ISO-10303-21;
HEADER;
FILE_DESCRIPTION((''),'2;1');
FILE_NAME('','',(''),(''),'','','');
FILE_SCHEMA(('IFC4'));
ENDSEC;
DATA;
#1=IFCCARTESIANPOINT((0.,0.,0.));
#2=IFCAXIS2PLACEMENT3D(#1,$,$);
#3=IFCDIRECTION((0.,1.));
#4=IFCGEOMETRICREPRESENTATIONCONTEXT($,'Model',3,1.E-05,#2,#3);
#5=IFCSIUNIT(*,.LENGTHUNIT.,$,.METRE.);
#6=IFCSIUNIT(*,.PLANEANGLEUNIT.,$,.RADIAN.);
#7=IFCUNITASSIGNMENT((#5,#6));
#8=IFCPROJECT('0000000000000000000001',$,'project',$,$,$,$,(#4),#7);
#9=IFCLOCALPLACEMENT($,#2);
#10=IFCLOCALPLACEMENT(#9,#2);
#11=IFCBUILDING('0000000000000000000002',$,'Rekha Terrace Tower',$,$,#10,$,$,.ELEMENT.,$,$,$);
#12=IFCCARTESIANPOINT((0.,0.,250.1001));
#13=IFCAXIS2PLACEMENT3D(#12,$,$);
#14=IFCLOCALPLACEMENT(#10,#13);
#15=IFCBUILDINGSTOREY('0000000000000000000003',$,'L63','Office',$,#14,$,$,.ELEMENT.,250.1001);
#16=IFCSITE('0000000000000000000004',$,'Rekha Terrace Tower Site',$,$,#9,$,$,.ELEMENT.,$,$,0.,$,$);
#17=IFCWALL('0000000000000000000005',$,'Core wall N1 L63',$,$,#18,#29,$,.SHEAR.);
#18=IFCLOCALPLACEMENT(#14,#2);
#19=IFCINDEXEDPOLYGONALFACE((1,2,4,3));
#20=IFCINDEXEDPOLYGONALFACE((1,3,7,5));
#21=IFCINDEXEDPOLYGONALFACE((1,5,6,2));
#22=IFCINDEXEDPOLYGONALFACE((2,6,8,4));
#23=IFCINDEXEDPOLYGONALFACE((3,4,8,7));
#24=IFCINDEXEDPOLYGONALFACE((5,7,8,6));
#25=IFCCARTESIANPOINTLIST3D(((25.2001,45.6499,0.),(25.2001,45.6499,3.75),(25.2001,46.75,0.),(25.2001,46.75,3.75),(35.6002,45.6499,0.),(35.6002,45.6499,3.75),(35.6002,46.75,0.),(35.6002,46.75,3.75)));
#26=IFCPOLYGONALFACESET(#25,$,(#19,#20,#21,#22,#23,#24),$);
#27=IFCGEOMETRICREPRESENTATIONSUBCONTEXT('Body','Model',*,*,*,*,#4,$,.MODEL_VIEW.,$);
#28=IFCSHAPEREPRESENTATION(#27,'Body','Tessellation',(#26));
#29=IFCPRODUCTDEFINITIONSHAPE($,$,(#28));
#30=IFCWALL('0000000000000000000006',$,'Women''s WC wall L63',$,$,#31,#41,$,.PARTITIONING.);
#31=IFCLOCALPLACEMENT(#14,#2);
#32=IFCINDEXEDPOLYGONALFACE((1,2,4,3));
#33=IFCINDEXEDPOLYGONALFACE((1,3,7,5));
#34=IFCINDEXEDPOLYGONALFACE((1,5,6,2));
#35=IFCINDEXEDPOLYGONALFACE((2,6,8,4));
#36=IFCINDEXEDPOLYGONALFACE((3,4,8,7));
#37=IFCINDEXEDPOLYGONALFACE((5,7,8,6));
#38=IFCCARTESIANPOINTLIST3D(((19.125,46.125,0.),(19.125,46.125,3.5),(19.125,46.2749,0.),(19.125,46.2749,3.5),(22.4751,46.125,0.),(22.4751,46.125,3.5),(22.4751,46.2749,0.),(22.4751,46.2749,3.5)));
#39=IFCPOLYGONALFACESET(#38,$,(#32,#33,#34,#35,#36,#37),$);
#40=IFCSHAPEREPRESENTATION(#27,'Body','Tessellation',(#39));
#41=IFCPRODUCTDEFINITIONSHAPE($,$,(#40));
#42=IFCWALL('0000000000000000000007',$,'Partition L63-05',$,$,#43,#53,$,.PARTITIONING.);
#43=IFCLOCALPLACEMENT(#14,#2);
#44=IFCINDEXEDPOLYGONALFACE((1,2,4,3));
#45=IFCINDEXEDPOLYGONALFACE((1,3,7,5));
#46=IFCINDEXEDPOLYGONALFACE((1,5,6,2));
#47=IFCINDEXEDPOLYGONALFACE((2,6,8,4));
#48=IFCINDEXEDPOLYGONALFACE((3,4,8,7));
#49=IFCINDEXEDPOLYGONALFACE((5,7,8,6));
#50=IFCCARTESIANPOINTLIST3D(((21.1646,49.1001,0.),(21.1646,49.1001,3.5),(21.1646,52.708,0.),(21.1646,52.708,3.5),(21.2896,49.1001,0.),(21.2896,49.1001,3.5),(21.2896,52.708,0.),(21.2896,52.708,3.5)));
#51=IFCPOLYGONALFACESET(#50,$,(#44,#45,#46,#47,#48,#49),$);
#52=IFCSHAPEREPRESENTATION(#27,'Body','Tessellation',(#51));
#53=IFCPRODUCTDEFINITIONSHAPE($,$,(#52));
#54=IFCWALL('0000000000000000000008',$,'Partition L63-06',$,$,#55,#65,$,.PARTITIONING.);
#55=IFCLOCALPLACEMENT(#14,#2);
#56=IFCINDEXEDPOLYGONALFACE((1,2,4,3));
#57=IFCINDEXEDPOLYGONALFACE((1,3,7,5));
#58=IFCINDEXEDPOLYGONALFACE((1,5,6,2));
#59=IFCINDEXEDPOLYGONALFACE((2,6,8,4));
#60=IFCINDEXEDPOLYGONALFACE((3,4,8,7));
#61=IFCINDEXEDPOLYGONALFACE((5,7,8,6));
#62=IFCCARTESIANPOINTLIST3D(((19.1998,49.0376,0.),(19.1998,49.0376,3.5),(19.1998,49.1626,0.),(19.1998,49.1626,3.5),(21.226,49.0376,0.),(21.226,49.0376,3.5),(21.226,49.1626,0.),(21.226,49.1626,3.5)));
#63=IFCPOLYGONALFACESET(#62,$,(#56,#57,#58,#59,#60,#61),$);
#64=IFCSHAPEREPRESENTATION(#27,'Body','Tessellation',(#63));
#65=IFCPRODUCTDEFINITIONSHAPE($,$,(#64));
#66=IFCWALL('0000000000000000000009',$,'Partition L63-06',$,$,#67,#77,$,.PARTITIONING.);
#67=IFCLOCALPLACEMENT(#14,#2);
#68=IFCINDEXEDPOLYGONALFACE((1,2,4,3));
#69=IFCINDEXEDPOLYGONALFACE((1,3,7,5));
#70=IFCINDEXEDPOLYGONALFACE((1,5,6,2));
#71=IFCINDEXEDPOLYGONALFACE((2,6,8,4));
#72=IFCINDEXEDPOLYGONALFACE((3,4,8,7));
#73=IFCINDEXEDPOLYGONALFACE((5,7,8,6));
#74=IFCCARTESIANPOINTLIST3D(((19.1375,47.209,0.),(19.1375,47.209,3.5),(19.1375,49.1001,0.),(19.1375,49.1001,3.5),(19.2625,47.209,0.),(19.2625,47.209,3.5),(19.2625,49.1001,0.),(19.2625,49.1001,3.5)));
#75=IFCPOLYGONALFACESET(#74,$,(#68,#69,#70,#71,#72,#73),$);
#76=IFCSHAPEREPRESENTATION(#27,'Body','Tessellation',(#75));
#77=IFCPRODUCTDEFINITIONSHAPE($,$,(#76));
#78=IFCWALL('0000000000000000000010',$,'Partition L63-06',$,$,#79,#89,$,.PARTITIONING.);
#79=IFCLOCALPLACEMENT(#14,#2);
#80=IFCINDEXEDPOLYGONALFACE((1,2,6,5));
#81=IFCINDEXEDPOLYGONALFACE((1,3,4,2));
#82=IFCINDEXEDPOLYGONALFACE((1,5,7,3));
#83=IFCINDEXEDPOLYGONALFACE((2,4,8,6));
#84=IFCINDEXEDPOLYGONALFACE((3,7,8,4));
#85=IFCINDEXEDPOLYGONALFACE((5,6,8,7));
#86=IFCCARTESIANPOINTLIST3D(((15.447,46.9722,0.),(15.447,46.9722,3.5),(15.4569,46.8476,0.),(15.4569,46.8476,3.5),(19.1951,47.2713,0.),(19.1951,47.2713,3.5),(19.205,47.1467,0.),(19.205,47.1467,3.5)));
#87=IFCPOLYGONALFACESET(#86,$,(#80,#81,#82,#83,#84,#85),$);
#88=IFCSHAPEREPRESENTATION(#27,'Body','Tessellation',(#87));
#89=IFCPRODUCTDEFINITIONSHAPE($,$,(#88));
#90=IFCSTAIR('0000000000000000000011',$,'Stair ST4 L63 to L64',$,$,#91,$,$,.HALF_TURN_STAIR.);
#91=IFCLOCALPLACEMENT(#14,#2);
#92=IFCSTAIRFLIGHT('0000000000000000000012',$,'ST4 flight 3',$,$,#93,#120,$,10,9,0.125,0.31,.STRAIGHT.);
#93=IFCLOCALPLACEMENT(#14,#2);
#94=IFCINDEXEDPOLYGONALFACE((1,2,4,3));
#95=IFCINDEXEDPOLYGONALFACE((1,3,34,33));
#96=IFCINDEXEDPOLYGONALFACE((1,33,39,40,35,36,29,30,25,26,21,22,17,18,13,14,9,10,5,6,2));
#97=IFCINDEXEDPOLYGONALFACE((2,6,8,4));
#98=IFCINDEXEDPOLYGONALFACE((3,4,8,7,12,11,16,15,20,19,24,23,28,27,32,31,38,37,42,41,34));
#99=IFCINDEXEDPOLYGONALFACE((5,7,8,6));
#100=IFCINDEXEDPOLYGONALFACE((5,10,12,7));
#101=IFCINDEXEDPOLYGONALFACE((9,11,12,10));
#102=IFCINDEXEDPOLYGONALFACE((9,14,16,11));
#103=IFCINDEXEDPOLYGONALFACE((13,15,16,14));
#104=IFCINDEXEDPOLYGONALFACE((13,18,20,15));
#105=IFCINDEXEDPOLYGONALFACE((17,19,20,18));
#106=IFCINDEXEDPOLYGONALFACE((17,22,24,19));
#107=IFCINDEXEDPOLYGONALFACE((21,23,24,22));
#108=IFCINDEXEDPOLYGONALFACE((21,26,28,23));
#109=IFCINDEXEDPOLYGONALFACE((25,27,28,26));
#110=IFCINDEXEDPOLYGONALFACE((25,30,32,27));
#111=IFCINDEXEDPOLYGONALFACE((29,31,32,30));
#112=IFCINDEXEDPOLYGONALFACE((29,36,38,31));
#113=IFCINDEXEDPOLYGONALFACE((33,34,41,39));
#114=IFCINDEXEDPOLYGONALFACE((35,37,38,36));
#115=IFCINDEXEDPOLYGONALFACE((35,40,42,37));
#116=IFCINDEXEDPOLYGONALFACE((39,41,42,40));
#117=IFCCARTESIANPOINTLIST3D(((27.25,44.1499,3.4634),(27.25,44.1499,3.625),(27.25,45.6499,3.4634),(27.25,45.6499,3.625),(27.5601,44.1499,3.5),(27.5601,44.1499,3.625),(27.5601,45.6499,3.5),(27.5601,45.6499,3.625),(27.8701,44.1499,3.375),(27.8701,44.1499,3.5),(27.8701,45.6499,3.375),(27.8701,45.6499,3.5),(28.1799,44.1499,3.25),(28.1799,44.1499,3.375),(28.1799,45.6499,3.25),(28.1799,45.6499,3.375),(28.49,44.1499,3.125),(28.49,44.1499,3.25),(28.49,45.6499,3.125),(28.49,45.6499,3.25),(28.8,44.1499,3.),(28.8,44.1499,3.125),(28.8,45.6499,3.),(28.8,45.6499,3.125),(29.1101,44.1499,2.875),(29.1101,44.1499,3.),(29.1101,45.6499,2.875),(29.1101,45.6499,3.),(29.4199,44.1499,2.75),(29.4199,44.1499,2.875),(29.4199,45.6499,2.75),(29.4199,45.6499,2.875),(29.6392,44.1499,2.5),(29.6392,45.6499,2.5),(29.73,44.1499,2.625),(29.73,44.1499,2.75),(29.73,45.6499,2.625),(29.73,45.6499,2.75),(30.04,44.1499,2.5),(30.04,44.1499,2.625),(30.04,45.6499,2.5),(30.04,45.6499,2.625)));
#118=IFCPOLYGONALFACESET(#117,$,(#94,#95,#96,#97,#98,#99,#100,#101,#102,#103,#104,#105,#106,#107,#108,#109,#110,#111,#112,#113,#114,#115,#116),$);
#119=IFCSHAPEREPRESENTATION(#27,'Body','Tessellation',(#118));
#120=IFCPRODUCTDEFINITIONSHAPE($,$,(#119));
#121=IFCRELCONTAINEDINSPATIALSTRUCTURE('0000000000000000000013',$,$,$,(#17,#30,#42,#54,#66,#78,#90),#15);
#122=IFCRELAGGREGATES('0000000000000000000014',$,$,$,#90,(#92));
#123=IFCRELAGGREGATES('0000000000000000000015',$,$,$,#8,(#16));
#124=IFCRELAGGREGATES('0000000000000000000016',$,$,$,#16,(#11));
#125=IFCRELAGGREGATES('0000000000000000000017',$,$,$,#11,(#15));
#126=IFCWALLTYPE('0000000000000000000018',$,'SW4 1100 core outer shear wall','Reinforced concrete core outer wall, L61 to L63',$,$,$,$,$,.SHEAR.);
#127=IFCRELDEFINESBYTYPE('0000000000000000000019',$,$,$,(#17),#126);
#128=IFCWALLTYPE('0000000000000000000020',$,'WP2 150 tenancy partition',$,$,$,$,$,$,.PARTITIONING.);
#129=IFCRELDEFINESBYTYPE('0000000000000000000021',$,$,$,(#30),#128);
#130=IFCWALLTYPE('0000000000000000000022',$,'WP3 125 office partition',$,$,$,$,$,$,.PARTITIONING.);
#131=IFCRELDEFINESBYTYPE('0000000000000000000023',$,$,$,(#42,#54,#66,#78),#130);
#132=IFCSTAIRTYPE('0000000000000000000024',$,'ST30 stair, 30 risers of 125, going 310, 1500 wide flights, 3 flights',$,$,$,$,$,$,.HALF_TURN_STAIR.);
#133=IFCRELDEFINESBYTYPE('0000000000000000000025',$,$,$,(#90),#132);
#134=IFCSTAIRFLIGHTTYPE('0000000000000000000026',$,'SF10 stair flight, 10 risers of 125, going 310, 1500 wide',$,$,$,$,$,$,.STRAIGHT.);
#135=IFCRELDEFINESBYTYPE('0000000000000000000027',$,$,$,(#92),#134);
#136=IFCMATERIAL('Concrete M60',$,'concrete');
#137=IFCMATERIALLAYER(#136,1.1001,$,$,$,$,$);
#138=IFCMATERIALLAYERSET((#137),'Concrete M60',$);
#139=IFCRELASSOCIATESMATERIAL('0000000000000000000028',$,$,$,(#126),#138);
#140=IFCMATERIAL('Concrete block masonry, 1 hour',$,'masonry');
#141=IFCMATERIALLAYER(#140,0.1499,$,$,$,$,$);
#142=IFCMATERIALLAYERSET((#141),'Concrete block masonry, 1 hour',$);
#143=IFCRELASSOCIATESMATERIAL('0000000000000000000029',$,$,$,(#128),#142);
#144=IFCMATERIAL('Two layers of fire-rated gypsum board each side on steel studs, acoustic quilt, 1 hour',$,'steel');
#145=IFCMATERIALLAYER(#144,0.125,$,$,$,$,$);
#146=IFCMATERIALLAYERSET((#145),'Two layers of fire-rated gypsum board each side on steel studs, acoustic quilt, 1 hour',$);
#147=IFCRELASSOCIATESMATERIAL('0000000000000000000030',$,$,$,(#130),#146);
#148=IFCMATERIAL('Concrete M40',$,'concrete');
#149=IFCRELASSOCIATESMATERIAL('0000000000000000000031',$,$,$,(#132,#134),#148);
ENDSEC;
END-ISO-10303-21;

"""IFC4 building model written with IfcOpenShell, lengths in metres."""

from ifc_helpers import new_model, si_unit, direction, frame, frame_2d, origin, place, context, subcontext, project, spatial, polyline, rectangle, outline, extrude, material, layer, layer_set, type_object, element, aggregate, save


model = new_model("IFC4")

# Units and contexts
model_context = context("Model", 3, precision=1e-05, world=origin(), true_north=direction((0.0, 1.0)))
body_context = subcontext(model_context, "Body", "Model", "MODEL_VIEW")
ifc_project = project(units=[si_unit("LENGTHUNIT", "METRE"), si_unit("PLANEANGLEUNIT", "RADIAN")], contexts=[model_context])

# Site, building, storey
site_placement = place(None, origin())
site = spatial("IfcSite", under=ifc_project, at=site_placement, Name="Rekha Terrace Tower Site", CompositionType="ELEMENT", RefElevation=0.0)
building_placement = place(site_placement, origin())
building = spatial("IfcBuilding", under=site, at=building_placement, Name="Rekha Terrace Tower", CompositionType="ELEMENT")
storey_placement = place(building_placement, frame((0.0, 0.0, 250.1001)))
storey = spatial("IfcBuildingStorey", under=building, at=storey_placement, Name="L63", Description="Office", CompositionType="ELEMENT", Elevation=250.1001)

# Shared definitions
ifc_material_1 = material(Name="Concrete M60", Category="concrete")

# Walls
ifc_layer_1 = layer(ifc_material_1, 1.1001)
ifc_layer_set_1 = layer_set([ifc_layer_1], Name="Concrete M60")
wall_type_1 = type_object("IfcWallType", Name="SW4 1100 core outer shear wall", Description="Reinforced concrete core outer wall, L61 to L63", PredefinedType="SHEAR", material=ifc_layer_set_1)
wall_1_placement = place(storey_placement, frame((25.2, 46.2, 0.0), z_axis=(0.0, 0.0, 1.0), x_axis=(1.0, 0.0, 0.0)))
element("IfcWall", 1, at=wall_1_placement, inside=storey, type_object=wall_type_1, Name="Core wall N1 L63", PredefinedType="SHEAR", context=body_context, shape_type="SweptSolid", body=[
    extrude(rectangle(XDim=10.4001, YDim=1.1001, at=frame_2d((5.2002, 0.0))), origin(), (0.0, 0.0, 1.0), 3.75),
])
ifc_material_2 = material(Name="Concrete block masonry, 1 hour", Category="masonry")
ifc_layer_2 = layer(ifc_material_2, 0.1499)
ifc_layer_set_2 = layer_set([ifc_layer_2], Name="Concrete block masonry, 1 hour")
wall_type_2 = type_object("IfcWallType", Name="WP2 150 tenancy partition", PredefinedType="PARTITIONING", material=ifc_layer_set_2)
wall_2_placement = place(storey_placement, frame((19.125, 46.2, 0.0), z_axis=(0.0, 0.0, 1.0), x_axis=(1.0, 0.0, 0.0)))
element("IfcWall", 2, at=wall_2_placement, inside=storey, type_object=wall_type_2, Name="Women's WC wall L63", PredefinedType="PARTITIONING", context=body_context, shape_type="SweptSolid", body=[
    extrude(rectangle(XDim=3.3501, YDim=0.1499, at=frame_2d((1.675, 0.0))), origin(), (0.0, 0.0, 1.0), 3.5),
])
ifc_material_3 = material(Name="Two layers of fire-rated gypsum board each side on steel studs, acoustic quilt, 1 hour", Category="steel")
ifc_layer_3 = layer(ifc_material_3, 0.125)
ifc_layer_set_3 = layer_set([ifc_layer_3], Name="Two layers of fire-rated gypsum board each side on steel studs, acoustic quilt, 1 hour")
wall_type_3 = type_object("IfcWallType", Name="WP3 125 office partition", PredefinedType="PARTITIONING", material=ifc_layer_set_3)
wall_3_placement = place(storey_placement, frame((21.2271, 49.1001, 0.0), z_axis=(0.0, 0.0, 1.0), x_axis=(0.0, 1.0, 0.0)))
element("IfcWall", 3, at=wall_3_placement, inside=storey, type_object=wall_type_3, Name="Partition L63-05", PredefinedType="PARTITIONING", context=body_context, shape_type="SweptSolid", body=[
    extrude(rectangle(XDim=3.6079, YDim=0.125, at=frame_2d((1.804, 0.0))), origin(), (0.0, 0.0, 1.0), 3.5),
])
wall_4_placement = place(storey_placement, frame((21.2261, 49.1001, 0.0), z_axis=(0.0, 0.0, 1.0), x_axis=(-1.0, 0.0, 0.0)))
element("IfcWall", 4, at=wall_4_placement, inside=storey, type_object=wall_type_3, Name="Partition L63-06", PredefinedType="PARTITIONING", context=body_context, shape_type="SweptSolid", body=[
    extrude(rectangle(XDim=2.0261, YDim=0.125, at=frame_2d((1.0132, 0.0))), origin(), (0.0, 0.0, 1.0), 3.5),
])
wall_5_placement = place(storey_placement, frame((19.2, 49.1001, 0.0), z_axis=(0.0, 0.0, 1.0), x_axis=(0.0, -1.0, 0.0)))
element("IfcWall", 5, at=wall_5_placement, inside=storey, type_object=wall_type_3, Name="Partition L63-06", PredefinedType="PARTITIONING", context=body_context, shape_type="SweptSolid", body=[
    extrude(rectangle(XDim=1.8911, YDim=0.125, at=frame_2d((0.9456, 0.0))), origin(), (0.0, 0.0, 1.0), 3.5),
])
wall_6_placement = place(storey_placement, frame((19.2, 47.209, 0.0), z_axis=(0.0, 0.0, 1.0), x_axis=(-0.996832, -0.079541, 0.0)))
element("IfcWall", 6, at=wall_6_placement, inside=storey, type_object=wall_type_3, Name="Partition L63-06", PredefinedType="PARTITIONING", context=body_context, shape_type="SweptSolid", body=[
    extrude(rectangle(XDim=3.76, YDim=0.125, at=frame_2d((1.8799, 0.0))), origin(), (0.0, 0.0, 1.0), 3.5),
])

# Stair, stair flight
ifc_material_4 = material(Name="Concrete M40", Category="concrete")
stair_type = type_object("IfcStairType", Name="ST30 stair, 30 risers of 125, going 310, 1500 wide flights, 3 flights", PredefinedType="HALF_TURN_STAIR", material=ifc_material_4)
stair_placement = place(storey_placement, origin())
stair = element("IfcStair", 7, at=stair_placement, inside=storey, type_object=stair_type, Name="Stair ST4 L63 to L64", PredefinedType="HALF_TURN_STAIR")
stair_flight_type = type_object("IfcStairFlightType", Name="SF10 stair flight, 10 risers of 125, going 310, 1500 wide", PredefinedType="STRAIGHT", material=ifc_material_4)
stair_flight_placement = place(storey_placement, frame((30.04, 44.8999, 2.5), z_axis=(0.0, 0.0, 1.0), x_axis=(-1.0, 0.0, 0.0)))
stair_flight = element("IfcStairFlight", 8, at=stair_flight_placement, type_object=stair_flight_type, Name="ST4 flight 3", NumberOfRisers=10, NumberOfTreads=9, PredefinedType="STRAIGHT", RiserHeight=0.125, TreadLength=0.31, context=body_context, shape_type="SweptSolid", body=[
    extrude(outline(polyline([(0.0, 0.0), (0.0, 0.125), (0.3101, 0.125), (0.3101, 0.25), (0.6201, 0.25), (0.6201, 0.375), (0.9299, 0.375), (0.9299, 0.5), (1.24, 0.5), (1.24, 0.625), (1.55, 0.625), (1.55, 0.75), (1.8601, 0.75), (1.8601, 0.875), (2.1699, 0.875), (2.1699, 1.0), (2.48, 1.0), (2.48, 1.125), (2.79, 1.125), (2.79, 1.25), (2.79, 0.9634), (0.4009, 0.0), (0.0, 0.0)])), frame((0.0, 0.75, 0.0), z_axis=(0.0, -1.0, 0.0), x_axis=(1.0, 0.0, 0.0)), (0.0, 0.0, 1.0), 1.5),
])
aggregate(stair, [stair_flight])

save(model, "model.ifc")
